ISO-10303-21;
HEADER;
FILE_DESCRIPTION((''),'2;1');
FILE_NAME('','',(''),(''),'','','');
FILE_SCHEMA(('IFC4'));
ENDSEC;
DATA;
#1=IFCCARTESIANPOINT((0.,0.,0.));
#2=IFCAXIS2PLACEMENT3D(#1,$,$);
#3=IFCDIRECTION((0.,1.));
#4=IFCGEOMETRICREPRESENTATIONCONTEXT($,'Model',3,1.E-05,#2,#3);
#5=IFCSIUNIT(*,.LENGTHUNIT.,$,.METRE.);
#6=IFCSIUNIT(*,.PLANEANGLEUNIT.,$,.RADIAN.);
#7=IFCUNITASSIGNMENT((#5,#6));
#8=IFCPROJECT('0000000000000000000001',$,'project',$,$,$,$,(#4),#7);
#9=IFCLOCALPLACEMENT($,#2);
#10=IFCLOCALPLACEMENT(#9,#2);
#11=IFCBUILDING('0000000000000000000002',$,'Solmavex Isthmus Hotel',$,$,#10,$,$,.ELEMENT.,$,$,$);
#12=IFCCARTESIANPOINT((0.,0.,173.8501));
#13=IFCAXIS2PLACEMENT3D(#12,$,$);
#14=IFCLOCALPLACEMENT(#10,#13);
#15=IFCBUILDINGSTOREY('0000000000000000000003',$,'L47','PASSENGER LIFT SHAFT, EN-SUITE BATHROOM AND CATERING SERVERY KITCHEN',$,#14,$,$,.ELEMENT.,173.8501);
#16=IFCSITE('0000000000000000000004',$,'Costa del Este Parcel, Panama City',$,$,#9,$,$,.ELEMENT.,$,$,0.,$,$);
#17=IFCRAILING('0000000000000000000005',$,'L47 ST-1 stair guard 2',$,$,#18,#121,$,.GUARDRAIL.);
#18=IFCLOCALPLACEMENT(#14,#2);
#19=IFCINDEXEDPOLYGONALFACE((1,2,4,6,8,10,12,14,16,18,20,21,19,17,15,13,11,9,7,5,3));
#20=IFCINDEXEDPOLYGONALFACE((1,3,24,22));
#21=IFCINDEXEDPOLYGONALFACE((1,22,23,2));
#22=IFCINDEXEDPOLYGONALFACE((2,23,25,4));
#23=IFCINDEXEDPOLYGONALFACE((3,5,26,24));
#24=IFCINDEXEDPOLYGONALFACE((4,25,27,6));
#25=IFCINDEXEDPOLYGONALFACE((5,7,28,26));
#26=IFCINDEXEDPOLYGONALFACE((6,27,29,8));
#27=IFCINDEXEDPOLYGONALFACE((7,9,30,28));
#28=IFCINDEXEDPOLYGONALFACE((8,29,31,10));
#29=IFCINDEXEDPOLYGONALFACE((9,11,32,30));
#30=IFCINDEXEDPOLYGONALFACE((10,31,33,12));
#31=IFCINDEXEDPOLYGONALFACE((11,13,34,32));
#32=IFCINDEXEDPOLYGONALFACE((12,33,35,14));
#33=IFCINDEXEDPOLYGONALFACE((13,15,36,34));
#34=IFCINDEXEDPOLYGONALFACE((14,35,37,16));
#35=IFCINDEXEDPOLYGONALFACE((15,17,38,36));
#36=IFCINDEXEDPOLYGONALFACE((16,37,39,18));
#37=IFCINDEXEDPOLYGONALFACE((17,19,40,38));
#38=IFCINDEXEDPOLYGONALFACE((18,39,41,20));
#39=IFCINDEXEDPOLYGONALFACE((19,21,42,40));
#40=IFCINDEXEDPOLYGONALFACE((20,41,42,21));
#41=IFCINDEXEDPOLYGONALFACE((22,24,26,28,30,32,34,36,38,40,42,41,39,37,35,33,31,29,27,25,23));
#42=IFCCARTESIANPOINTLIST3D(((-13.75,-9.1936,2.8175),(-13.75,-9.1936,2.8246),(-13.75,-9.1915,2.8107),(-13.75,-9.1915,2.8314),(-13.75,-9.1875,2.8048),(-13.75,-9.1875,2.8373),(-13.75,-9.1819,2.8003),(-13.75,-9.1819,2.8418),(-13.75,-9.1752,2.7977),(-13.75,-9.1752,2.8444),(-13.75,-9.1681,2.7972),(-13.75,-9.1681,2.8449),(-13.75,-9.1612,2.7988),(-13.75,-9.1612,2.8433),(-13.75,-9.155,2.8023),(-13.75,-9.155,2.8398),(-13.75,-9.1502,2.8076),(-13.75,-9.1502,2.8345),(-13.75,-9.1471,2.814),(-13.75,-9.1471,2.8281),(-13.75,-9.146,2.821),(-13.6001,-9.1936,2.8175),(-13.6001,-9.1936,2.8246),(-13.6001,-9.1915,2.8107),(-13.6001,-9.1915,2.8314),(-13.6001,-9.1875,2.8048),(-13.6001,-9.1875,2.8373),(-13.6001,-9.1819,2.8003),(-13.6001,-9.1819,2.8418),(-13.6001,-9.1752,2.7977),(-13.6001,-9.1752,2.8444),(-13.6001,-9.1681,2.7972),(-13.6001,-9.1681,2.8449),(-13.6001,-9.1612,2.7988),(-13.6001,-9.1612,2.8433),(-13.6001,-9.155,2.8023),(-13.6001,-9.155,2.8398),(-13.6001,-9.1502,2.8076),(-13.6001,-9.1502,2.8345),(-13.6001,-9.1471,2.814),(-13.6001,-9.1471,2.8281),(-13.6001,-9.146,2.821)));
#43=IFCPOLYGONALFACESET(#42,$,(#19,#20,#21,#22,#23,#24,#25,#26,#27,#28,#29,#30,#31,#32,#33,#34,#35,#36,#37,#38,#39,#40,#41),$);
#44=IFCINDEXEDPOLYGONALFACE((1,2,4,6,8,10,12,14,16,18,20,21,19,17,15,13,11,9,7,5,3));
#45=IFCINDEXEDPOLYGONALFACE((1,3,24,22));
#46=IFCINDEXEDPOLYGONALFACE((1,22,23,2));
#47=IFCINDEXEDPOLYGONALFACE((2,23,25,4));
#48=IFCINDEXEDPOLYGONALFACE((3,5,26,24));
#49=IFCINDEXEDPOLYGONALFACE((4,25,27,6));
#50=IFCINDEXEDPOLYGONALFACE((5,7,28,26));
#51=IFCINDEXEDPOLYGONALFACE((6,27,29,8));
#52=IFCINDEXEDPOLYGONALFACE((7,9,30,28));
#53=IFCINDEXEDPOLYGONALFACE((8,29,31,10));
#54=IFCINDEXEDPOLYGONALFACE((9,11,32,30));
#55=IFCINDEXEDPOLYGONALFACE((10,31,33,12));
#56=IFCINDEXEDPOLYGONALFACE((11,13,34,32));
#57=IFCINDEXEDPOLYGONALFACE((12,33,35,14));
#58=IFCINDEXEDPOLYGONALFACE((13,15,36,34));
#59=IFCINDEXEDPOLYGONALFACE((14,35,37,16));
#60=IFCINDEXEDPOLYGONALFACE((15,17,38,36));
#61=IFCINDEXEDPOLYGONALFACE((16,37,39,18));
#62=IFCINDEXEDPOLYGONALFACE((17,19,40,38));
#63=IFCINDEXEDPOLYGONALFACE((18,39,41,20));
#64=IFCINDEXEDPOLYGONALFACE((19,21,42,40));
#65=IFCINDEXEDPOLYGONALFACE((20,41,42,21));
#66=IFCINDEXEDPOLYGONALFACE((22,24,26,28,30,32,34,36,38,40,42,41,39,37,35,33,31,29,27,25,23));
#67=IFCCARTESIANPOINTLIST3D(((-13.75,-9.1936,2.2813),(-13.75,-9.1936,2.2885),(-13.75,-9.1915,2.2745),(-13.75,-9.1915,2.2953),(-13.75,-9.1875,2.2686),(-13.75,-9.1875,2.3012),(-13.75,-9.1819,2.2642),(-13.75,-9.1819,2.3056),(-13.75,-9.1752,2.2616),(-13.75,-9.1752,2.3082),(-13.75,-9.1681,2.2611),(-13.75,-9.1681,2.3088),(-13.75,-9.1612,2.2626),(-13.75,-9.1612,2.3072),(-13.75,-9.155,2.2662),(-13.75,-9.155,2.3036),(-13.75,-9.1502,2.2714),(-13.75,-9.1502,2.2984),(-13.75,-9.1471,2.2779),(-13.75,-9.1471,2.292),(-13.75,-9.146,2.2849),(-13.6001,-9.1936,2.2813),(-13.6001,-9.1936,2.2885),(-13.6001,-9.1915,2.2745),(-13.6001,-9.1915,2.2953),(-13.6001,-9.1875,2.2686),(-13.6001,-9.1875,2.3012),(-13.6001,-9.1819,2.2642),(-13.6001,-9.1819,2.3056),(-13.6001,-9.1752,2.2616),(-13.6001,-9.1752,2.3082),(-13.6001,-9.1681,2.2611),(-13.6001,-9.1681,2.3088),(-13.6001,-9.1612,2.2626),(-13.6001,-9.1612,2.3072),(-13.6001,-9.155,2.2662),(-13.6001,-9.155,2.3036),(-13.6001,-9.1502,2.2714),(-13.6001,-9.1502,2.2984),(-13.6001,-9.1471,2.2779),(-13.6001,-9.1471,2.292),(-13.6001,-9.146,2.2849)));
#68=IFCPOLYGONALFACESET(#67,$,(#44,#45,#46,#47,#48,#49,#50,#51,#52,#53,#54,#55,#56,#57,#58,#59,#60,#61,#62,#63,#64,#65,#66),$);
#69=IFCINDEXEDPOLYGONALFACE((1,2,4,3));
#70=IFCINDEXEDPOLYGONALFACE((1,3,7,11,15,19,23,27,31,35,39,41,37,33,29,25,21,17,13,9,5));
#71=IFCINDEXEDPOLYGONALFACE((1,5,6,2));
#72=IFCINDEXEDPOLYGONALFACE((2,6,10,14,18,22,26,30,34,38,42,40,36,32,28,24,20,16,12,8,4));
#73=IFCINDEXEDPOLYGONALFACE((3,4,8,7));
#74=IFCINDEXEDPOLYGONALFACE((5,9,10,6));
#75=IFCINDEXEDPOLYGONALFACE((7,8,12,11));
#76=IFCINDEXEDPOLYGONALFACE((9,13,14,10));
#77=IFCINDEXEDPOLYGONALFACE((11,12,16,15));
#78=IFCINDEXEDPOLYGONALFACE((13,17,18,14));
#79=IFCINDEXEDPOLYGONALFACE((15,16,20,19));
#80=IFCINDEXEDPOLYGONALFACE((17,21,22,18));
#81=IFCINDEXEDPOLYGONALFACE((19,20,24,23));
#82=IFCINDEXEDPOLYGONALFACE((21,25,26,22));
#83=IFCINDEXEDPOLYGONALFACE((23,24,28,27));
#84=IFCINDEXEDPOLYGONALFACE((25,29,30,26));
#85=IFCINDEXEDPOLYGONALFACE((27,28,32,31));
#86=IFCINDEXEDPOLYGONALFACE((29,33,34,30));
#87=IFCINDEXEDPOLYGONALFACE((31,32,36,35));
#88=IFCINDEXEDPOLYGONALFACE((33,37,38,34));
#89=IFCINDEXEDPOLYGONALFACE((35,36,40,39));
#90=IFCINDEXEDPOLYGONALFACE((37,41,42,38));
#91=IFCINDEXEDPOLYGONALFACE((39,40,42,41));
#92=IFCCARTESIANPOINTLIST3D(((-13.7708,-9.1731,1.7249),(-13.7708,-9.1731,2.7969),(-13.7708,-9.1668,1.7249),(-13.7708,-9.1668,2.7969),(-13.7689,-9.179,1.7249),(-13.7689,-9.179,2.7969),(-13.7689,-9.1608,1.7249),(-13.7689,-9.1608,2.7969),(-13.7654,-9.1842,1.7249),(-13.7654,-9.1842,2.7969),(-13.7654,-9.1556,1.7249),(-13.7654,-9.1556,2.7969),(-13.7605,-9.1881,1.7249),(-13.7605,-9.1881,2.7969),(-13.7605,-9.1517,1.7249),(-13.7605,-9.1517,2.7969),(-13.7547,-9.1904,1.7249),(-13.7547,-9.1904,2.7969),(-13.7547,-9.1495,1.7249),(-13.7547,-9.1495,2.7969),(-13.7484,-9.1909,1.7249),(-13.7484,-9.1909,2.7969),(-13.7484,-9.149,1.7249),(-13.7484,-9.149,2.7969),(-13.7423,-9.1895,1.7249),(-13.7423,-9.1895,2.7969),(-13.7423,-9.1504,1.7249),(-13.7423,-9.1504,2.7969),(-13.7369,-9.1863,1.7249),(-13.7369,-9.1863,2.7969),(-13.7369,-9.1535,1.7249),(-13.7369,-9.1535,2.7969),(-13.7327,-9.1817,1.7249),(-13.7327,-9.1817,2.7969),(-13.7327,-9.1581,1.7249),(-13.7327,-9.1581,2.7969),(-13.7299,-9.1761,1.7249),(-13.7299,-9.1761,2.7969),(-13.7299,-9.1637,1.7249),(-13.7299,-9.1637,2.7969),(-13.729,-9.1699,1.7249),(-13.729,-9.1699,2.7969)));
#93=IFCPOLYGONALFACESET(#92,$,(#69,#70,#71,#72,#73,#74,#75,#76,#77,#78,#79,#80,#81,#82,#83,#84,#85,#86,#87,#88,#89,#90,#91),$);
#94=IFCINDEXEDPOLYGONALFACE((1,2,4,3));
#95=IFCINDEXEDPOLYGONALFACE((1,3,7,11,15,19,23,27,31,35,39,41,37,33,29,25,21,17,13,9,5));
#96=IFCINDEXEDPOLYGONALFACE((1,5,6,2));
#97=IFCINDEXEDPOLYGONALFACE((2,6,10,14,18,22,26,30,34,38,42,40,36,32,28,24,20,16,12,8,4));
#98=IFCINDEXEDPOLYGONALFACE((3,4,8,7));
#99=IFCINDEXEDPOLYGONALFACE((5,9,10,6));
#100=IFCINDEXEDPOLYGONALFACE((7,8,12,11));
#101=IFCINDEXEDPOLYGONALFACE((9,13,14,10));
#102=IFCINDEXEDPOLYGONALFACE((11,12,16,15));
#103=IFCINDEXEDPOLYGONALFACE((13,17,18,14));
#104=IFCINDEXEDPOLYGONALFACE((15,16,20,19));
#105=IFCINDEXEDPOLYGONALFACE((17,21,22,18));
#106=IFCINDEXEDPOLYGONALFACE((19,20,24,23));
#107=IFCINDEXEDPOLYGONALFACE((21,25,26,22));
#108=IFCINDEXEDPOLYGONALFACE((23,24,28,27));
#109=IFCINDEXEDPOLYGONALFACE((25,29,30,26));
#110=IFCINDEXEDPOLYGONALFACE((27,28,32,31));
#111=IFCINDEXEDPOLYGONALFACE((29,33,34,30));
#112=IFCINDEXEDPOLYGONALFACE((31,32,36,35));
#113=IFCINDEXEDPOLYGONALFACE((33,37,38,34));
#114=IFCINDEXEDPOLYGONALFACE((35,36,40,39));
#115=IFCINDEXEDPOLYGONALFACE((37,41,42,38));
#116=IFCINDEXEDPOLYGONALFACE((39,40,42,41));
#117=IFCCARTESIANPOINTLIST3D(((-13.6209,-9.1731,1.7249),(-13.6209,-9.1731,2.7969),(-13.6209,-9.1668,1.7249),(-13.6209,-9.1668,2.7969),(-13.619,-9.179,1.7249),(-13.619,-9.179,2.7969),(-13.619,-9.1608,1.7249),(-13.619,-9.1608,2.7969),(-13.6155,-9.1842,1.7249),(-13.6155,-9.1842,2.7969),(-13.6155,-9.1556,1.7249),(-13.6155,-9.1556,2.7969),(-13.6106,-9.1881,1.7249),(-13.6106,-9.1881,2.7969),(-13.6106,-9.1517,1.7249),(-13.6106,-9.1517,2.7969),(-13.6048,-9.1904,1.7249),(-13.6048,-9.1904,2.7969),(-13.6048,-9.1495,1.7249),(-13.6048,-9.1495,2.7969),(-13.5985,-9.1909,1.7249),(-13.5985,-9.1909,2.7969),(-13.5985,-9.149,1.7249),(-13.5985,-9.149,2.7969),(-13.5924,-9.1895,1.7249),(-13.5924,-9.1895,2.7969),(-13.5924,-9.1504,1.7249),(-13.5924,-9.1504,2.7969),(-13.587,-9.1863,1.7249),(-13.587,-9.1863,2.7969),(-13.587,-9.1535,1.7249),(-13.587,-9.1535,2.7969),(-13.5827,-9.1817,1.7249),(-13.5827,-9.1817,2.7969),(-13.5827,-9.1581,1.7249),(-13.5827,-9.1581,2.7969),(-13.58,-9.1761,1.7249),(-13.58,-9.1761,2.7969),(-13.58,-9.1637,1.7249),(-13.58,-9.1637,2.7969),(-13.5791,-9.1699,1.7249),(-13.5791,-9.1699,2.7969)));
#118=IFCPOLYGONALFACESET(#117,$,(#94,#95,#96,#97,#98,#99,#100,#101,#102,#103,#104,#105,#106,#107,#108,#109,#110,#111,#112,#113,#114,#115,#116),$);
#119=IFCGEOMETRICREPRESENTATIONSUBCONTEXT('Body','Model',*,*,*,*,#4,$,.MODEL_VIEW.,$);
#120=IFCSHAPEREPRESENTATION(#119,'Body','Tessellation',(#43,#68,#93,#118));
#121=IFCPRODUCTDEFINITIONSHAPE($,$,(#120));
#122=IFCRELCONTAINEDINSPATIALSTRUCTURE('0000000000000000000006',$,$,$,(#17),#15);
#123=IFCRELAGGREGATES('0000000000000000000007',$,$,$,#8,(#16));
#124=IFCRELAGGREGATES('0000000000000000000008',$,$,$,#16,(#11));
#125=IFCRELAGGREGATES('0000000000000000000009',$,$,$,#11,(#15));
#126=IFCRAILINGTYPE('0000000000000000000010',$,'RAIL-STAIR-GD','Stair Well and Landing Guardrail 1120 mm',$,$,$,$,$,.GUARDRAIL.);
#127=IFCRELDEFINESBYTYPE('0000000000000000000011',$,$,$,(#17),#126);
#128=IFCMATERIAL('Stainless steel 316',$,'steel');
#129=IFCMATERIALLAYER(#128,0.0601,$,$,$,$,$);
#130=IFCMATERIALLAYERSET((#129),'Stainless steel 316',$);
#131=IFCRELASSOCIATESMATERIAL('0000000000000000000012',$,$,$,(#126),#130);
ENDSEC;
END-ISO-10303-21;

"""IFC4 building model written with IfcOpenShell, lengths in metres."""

from ifc_helpers import new_model, si_unit, direction, frame, origin, origin_2d, place, context, subcontext, project, spatial, circle, extrude, material, layer, layer_set, type_object, element, save


model = new_model("IFC4")

# Units and contexts
model_context = context("Model", 3, precision=1e-05, world=origin(), true_north=direction((0.0, 1.0)))
body_context = subcontext(model_context, "Body", "Model", "MODEL_VIEW")
ifc_project = project(units=[si_unit("LENGTHUNIT", "METRE"), si_unit("PLANEANGLEUNIT", "RADIAN")], contexts=[model_context])

# Site, building, storey
site_placement = place(None, origin())
site = spatial("IfcSite", under=ifc_project, at=site_placement, Name="Costa del Este Parcel, Panama City", CompositionType="ELEMENT", RefElevation=0.0)
building_placement = place(site_placement, origin())
building = spatial("IfcBuilding", under=site, at=building_placement, Name="Solmavex Isthmus Hotel", CompositionType="ELEMENT")
storey_placement = place(building_placement, frame((0.0, 0.0, 173.8501)))
storey = spatial("IfcBuildingStorey", under=building, at=storey_placement, Name="L47", Description="PASSENGER LIFT SHAFT, EN-SUITE BATHROOM AND CATERING SERVERY KITCHEN", CompositionType="ELEMENT", Elevation=173.8501)

# Railing
ifc_material_1 = material(Name="Stainless steel 316", Category="steel")
ifc_layer_1 = layer(ifc_material_1, 0.0601)
ifc_layer_set_1 = layer_set([ifc_layer_1], Name="Stainless steel 316")
railing_type = type_object("IfcRailingType", Name="RAIL-STAIR-GD", Description="Stair Well and Landing Guardrail 1120 mm", PredefinedType="GUARDRAIL", material=ifc_layer_set_1)
railing_1_placement = place(storey_placement, frame((-13.75, -9.1699, 1.7249)))
element("IfcRailing", 1, at=railing_1_placement, inside=storey, type_object=railing_type, Name="L47 ST-1 stair guard 2", PredefinedType="GUARDRAIL", context=body_context, shape_type="SweptSolid", body=[
    extrude(circle(Radius=0.0239, at=origin_2d()), frame((0.0, 0.0, 1.0962), z_axis=(1.0, 0.0, 0.0), x_axis=(0.0, 1.0, 0.0)), (0.0, 0.0, 1.0), 0.1499),
    extrude(circle(Radius=0.0239, at=origin_2d()), frame((0.0, 0.0, 0.5601), z_axis=(1.0, 0.0, 0.0), x_axis=(0.0, 1.0, 0.0)), (0.0, 0.0, 1.0), 0.1499),
    extrude(circle(Radius=0.021, at=origin_2d()), origin(), (0.0, 0.0, 1.0), 1.072),
    extrude(circle(Radius=0.021, at=origin_2d()), frame((0.1499, 0.0, 0.0)), (0.0, 0.0, 1.0), 1.072),
])

save(model, "model.ifc")
